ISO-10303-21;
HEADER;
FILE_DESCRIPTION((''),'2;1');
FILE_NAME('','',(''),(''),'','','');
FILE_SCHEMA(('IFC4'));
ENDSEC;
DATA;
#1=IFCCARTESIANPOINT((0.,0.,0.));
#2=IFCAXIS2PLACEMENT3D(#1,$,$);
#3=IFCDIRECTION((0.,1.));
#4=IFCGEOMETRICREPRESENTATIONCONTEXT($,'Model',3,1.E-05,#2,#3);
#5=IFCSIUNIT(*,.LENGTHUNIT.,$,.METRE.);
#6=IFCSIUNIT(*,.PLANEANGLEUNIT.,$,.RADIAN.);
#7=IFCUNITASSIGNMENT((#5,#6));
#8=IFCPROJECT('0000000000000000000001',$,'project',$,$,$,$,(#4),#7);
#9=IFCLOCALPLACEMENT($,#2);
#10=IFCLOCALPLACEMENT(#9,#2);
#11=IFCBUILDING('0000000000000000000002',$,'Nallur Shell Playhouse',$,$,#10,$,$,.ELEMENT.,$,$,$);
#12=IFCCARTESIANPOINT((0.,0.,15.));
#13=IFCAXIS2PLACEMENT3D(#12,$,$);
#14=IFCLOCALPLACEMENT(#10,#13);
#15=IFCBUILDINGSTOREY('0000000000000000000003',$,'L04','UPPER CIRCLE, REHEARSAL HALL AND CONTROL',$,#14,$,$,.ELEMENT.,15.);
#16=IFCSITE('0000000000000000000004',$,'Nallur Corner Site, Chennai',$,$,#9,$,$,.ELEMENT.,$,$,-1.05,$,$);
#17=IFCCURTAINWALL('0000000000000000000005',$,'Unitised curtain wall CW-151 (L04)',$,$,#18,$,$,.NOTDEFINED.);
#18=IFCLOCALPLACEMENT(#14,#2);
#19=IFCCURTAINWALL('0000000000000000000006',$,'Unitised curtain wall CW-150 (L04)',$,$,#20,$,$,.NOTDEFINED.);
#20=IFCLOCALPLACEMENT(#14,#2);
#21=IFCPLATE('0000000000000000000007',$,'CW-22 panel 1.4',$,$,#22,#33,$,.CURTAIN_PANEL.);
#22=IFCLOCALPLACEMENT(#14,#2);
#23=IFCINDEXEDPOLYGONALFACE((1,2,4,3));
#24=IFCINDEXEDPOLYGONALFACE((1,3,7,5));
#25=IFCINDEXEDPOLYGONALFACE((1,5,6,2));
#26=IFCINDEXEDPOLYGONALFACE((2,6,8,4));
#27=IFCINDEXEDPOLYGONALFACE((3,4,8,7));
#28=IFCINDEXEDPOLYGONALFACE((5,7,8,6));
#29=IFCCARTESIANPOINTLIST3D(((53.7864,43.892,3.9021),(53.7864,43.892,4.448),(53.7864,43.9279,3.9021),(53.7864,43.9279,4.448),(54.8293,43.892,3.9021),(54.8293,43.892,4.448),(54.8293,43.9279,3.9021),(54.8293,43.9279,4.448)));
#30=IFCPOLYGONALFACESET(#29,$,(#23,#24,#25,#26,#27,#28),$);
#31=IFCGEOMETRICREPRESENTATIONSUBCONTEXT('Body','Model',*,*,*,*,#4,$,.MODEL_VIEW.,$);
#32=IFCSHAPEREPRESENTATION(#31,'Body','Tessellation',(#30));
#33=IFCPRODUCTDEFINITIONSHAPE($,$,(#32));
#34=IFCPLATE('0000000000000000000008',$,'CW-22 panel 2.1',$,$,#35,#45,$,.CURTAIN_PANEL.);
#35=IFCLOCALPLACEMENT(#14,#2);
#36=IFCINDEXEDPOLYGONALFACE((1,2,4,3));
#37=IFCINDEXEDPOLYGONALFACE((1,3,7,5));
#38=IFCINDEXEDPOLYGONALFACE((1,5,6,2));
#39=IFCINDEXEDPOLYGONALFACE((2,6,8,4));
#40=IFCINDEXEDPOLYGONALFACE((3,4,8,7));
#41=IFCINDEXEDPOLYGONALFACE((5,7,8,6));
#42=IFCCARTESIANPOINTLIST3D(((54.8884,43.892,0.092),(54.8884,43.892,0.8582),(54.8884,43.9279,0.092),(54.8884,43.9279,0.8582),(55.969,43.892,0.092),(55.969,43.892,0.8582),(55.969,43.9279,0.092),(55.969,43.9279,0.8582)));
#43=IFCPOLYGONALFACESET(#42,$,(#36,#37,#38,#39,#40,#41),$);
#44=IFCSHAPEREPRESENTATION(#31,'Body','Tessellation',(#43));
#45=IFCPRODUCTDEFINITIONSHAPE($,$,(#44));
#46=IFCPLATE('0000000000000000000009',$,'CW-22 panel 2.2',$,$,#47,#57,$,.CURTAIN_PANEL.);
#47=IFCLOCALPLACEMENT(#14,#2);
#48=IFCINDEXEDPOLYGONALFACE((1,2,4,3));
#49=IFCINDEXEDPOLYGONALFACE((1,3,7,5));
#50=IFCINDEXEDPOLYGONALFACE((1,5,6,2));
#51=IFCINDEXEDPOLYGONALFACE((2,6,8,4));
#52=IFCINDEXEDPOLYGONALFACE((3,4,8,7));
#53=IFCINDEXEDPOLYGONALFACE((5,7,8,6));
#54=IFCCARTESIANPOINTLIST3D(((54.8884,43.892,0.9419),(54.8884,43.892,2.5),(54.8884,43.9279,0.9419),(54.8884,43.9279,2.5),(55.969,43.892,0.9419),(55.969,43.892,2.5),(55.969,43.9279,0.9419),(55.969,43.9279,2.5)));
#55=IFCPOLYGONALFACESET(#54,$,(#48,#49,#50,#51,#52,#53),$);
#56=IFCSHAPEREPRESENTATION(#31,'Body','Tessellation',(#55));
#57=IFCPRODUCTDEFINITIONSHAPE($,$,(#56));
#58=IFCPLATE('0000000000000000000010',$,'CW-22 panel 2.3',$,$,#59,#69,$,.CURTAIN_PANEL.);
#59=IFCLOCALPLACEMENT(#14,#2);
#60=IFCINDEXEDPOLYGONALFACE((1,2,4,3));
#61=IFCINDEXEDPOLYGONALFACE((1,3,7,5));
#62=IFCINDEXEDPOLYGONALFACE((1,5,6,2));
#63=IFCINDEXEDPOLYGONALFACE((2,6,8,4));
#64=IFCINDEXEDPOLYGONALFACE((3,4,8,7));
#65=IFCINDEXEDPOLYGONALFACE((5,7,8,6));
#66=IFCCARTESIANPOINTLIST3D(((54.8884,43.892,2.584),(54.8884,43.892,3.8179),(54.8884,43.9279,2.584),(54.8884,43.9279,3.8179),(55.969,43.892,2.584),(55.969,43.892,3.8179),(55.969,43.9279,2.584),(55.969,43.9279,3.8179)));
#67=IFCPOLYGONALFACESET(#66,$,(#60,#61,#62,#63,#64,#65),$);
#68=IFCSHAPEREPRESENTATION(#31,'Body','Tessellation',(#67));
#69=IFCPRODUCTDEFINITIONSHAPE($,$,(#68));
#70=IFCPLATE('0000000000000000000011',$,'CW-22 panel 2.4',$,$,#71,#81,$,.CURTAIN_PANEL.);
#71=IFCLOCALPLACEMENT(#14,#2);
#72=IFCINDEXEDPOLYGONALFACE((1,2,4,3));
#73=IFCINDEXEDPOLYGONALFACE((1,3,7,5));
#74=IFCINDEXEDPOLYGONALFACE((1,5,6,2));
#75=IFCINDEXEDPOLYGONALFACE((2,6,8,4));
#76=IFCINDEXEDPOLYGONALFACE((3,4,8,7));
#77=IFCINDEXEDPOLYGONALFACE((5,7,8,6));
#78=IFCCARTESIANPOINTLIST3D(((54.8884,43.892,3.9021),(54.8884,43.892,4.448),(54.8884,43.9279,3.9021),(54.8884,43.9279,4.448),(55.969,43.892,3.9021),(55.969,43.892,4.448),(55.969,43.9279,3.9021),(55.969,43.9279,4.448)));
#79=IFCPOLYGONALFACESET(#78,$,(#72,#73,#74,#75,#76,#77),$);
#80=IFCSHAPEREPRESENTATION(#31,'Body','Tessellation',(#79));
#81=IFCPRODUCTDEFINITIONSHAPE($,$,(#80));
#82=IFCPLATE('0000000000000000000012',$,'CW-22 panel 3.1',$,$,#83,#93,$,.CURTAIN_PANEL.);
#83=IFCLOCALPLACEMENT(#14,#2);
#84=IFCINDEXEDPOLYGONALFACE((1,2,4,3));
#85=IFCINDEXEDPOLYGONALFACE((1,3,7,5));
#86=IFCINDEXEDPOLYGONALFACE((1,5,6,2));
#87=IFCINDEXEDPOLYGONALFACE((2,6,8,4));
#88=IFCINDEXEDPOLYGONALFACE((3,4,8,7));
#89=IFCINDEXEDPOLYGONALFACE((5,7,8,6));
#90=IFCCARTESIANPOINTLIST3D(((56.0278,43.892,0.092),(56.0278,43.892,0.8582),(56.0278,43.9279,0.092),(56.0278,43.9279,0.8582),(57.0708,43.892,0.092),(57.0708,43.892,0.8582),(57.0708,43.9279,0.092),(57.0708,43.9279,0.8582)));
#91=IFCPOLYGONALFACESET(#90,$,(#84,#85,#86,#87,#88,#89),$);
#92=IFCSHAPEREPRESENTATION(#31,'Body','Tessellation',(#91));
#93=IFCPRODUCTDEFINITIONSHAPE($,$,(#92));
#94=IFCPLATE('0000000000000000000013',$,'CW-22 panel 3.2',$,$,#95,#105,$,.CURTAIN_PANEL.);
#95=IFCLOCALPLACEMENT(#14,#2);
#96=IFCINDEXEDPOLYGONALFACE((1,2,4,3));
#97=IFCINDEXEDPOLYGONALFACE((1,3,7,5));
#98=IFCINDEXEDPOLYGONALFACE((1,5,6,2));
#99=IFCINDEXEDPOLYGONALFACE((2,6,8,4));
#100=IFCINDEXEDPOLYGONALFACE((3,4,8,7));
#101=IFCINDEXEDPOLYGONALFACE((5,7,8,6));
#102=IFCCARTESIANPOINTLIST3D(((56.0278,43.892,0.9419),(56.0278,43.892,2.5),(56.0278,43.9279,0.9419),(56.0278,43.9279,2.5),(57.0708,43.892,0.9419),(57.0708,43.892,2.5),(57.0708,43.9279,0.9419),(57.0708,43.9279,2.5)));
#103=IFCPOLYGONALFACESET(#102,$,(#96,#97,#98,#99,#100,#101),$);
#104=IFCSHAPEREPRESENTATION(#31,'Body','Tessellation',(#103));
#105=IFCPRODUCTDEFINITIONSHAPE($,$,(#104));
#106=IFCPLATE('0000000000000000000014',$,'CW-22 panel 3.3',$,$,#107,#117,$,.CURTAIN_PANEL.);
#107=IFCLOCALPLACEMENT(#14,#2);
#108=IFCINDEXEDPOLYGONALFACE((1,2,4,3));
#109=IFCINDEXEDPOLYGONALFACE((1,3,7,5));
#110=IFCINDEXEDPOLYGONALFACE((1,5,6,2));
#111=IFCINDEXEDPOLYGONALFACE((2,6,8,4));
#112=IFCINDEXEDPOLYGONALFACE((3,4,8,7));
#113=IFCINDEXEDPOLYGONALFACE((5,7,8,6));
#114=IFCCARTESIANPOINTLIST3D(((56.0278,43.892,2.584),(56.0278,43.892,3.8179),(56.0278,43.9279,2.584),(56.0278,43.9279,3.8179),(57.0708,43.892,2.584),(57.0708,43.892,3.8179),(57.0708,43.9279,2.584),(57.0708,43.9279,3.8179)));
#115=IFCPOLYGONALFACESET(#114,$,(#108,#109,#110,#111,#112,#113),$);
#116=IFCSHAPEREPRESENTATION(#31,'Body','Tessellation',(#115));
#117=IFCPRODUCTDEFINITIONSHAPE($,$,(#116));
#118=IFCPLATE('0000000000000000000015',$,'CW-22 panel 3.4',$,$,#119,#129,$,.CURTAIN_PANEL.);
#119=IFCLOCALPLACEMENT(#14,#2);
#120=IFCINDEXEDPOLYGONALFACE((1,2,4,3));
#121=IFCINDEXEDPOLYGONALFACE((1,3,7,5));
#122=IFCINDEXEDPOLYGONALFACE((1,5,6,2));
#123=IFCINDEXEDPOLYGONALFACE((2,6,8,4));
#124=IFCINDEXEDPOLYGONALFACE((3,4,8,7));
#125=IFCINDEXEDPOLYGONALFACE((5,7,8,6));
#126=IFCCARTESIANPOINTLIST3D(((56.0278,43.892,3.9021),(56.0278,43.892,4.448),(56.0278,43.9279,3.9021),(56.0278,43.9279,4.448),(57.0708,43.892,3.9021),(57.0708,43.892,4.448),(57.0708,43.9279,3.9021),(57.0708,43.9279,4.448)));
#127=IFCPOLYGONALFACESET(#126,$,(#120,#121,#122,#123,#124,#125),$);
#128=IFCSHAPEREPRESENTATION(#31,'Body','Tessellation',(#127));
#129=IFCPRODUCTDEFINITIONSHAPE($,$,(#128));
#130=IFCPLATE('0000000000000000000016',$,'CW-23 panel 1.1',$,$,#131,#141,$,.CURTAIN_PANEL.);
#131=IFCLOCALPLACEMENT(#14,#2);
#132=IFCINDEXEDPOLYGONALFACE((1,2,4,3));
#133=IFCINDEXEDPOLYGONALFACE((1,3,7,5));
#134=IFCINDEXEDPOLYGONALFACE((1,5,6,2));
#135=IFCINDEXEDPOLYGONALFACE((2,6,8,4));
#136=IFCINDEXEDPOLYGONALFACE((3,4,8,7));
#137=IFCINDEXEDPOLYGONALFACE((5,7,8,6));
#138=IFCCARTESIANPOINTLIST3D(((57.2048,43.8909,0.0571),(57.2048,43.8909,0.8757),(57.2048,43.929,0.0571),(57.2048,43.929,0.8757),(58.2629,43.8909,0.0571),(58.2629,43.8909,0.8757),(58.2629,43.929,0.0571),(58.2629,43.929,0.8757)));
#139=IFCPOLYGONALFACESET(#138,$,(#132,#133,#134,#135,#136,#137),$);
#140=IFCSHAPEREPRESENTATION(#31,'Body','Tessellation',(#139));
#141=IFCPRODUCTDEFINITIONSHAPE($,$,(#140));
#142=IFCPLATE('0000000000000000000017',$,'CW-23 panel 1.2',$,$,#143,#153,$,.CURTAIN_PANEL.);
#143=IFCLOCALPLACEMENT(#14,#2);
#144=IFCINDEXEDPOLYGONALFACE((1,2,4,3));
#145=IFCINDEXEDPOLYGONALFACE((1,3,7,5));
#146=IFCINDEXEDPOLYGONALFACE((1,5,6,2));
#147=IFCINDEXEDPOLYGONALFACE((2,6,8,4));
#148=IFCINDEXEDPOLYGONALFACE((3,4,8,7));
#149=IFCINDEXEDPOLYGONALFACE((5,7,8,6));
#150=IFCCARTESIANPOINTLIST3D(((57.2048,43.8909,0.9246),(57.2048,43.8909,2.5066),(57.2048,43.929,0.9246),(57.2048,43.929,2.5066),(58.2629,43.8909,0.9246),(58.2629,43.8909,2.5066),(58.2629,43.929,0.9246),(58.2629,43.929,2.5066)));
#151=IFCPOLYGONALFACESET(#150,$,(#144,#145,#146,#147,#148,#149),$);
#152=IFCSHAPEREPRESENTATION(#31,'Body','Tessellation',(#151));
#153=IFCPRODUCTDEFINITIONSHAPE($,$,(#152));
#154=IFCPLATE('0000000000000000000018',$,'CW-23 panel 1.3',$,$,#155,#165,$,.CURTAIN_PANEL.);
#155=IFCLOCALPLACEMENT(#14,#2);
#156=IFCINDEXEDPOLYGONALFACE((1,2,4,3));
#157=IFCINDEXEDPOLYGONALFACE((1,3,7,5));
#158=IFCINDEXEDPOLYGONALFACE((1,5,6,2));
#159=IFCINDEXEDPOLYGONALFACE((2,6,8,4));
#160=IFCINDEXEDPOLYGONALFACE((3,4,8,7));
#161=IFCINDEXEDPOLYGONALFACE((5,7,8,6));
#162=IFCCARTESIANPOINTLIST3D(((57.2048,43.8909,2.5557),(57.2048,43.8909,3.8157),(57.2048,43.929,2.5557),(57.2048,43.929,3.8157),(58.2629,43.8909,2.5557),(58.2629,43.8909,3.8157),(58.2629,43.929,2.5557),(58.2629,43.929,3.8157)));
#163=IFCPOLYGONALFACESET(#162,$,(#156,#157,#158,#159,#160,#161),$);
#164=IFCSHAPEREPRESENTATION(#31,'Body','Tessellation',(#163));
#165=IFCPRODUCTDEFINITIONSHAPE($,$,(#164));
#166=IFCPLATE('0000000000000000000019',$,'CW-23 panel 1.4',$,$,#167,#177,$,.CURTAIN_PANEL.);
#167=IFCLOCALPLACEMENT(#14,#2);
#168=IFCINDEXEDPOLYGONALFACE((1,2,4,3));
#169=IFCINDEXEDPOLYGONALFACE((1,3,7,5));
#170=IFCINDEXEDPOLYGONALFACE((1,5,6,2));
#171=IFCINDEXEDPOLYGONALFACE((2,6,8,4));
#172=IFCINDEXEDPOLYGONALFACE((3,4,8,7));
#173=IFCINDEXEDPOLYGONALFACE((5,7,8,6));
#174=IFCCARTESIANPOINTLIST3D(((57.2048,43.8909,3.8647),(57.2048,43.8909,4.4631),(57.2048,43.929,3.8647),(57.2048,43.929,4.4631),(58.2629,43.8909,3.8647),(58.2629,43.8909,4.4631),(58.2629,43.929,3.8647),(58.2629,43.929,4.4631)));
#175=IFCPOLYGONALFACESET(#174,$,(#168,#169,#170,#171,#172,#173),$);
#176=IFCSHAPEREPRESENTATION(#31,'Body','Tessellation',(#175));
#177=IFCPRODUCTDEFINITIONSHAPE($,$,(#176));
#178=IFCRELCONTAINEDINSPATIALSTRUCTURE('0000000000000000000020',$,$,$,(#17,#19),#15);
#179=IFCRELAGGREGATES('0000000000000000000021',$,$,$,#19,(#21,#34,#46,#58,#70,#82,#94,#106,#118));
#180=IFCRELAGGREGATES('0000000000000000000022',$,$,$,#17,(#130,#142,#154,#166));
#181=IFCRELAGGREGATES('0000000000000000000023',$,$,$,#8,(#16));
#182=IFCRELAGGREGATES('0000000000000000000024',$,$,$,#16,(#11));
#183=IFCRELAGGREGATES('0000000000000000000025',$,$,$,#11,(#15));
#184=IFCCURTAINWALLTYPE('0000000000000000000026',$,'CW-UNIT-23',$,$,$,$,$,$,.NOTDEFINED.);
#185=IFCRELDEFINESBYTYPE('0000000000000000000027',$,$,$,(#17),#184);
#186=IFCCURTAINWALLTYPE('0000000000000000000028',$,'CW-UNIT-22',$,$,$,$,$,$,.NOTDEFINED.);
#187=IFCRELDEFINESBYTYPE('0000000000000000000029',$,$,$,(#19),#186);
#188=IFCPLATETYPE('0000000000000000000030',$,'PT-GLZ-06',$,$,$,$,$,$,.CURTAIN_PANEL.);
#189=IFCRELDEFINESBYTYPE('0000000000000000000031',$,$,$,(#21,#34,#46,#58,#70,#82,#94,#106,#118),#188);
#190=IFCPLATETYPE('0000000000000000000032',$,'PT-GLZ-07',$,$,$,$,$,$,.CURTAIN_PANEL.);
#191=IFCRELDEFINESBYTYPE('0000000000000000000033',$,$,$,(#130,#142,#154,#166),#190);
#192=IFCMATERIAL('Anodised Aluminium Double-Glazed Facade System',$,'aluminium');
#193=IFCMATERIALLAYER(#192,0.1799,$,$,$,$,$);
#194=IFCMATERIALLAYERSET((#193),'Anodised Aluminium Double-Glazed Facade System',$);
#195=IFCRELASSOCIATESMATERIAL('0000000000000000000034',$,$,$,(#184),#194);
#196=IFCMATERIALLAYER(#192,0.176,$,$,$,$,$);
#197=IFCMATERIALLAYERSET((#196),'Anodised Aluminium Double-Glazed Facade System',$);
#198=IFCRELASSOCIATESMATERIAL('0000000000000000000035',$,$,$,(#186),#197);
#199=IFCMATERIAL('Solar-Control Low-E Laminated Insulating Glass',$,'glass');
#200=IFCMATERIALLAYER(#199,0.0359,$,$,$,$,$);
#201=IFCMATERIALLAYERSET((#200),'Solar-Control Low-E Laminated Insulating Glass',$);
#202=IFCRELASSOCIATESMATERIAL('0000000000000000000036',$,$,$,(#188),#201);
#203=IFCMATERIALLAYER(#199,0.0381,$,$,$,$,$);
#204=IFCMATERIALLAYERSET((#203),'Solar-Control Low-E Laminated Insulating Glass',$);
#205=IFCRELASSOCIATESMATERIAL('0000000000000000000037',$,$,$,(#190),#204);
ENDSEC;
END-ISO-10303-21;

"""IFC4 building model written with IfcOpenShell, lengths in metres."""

from ifc_helpers import new_model, si_unit, direction, frame, origin, origin_2d, place, context, subcontext, project, spatial, rectangle, extrude, material, layer, layer_set, type_object, element, aggregate, save


model = new_model("IFC4")

# Units and contexts
model_context = context("Model", 3, precision=1e-05, world=origin(), true_north=direction((0.0, 1.0)))
body_context = subcontext(model_context, "Body", "Model", "MODEL_VIEW")
ifc_project = project(units=[si_unit("LENGTHUNIT", "METRE"), si_unit("PLANEANGLEUNIT", "RADIAN")], contexts=[model_context])

# Site, building, storey
site_placement = place(None, origin())
site = spatial("IfcSite", under=ifc_project, at=site_placement, Name="Nallur Corner Site, Chennai", CompositionType="ELEMENT", RefElevation=-1.05)
building_placement = place(site_placement, origin())
building = spatial("IfcBuilding", under=site, at=building_placement, Name="Nallur Shell Playhouse", CompositionType="ELEMENT")
storey_placement = place(building_placement, frame((0.0, 0.0, 15.0)))
storey = spatial("IfcBuildingStorey", under=building, at=storey_placement, Name="L04", Description="UPPER CIRCLE, REHEARSAL HALL AND CONTROL", CompositionType="ELEMENT", Elevation=15.0)

# Curtain wall
ifc_material_1 = material(Name="Anodised Aluminium Double-Glazed Facade System", Category="aluminium")
ifc_layer_1 = layer(ifc_material_1, 0.1799)
ifc_layer_set_1 = layer_set([ifc_layer_1], Name="Anodised Aluminium Double-Glazed Facade System")
curtain_wall_type_1 = type_object("IfcCurtainWallType", Name="CW-UNIT-23", PredefinedType="NOTDEFINED", material=ifc_layer_set_1)
curtain_wall_1_placement = place(storey_placement, origin())
curtain_wall_1 = element("IfcCurtainWall", 1, at=curtain_wall_1_placement, inside=storey, type_object=curtain_wall_type_1, Name="Unitised curtain wall CW-151 (L04)", PredefinedType="NOTDEFINED")

# Curtain wall
ifc_layer_2 = layer(ifc_material_1, 0.176)
ifc_layer_set_2 = layer_set([ifc_layer_2], Name="Anodised Aluminium Double-Glazed Facade System")
curtain_wall_type_2 = type_object("IfcCurtainWallType", Name="CW-UNIT-22", PredefinedType="NOTDEFINED", material=ifc_layer_set_2)
curtain_wall_2_placement = place(storey_placement, origin())
curtain_wall_2 = element("IfcCurtainWall", 2, at=curtain_wall_2_placement, inside=storey, type_object=curtain_wall_type_2, Name="Unitised curtain wall CW-150 (L04)", PredefinedType="NOTDEFINED")

# Plates
ifc_material_2 = material(Name="Solar-Control Low-E Laminated Insulating Glass", Category="glass")
ifc_layer_3 = layer(ifc_material_2, 0.0359)
ifc_layer_set_3 = layer_set([ifc_layer_3], Name="Solar-Control Low-E Laminated Insulating Glass")
plate_type_1 = type_object("IfcPlateType", Name="PT-GLZ-06", PredefinedType="CURTAIN_PANEL", material=ifc_layer_set_3)
plate_1_placement = place(storey_placement, frame((54.3079, 43.9099, 3.9021), z_axis=(0.0, 0.0, 1.0), x_axis=(1.0, 0.0, 0.0)))
plate_1 = element("IfcPlate", 3, at=plate_1_placement, type_object=plate_type_1, Name="CW-22 panel 1.4", PredefinedType="CURTAIN_PANEL", context=body_context, shape_type="SweptSolid", body=[
    extrude(rectangle(XDim=1.043, YDim=0.0359, at=origin_2d()), origin(), (0.0, 0.0, 1.0), 0.5459),
])
plate_2_placement = place(storey_placement, frame((55.4287, 43.9099, 0.092), z_axis=(0.0, 0.0, 1.0), x_axis=(1.0, 0.0, 0.0)))
plate_2 = element("IfcPlate", 4, at=plate_2_placement, type_object=plate_type_1, Name="CW-22 panel 2.1", PredefinedType="CURTAIN_PANEL", context=body_context, shape_type="SweptSolid", body=[
    extrude(rectangle(XDim=1.0806, YDim=0.0359, at=origin_2d()), origin(), (0.0, 0.0, 1.0), 0.7661),
])
plate_3_placement = place(storey_placement, frame((55.4287, 43.9099, 0.9419), z_axis=(0.0, 0.0, 1.0), x_axis=(1.0, 0.0, 0.0)))
plate_3 = element("IfcPlate", 5, at=plate_3_placement, type_object=plate_type_1, Name="CW-22 panel 2.2", PredefinedType="CURTAIN_PANEL", context=body_context, shape_type="SweptSolid", body=[
    extrude(rectangle(XDim=1.0806, YDim=0.0359, at=origin_2d()), origin(), (0.0, 0.0, 1.0), 1.5581),
])
plate_4_placement = place(storey_placement, frame((55.4287, 43.9099, 2.584), z_axis=(0.0, 0.0, 1.0), x_axis=(1.0, 0.0, 0.0)))
plate_4 = element("IfcPlate", 6, at=plate_4_placement, type_object=plate_type_1, Name="CW-22 panel 2.3", PredefinedType="CURTAIN_PANEL", context=body_context, shape_type="SweptSolid", body=[
    extrude(rectangle(XDim=1.0806, YDim=0.0359, at=origin_2d()), origin(), (0.0, 0.0, 1.0), 1.2339),
])
plate_5_placement = place(storey_placement, frame((55.4287, 43.9099, 3.9021), z_axis=(0.0, 0.0, 1.0), x_axis=(1.0, 0.0, 0.0)))
plate_5 = element("IfcPlate", 7, at=plate_5_placement, type_object=plate_type_1, Name="CW-22 panel 2.4", PredefinedType="CURTAIN_PANEL", context=body_context, shape_type="SweptSolid", body=[
    extrude(rectangle(XDim=1.0806, YDim=0.0359, at=origin_2d()), origin(), (0.0, 0.0, 1.0), 0.5459),
])
plate_6_placement = place(storey_placement, frame((56.5493, 43.9099, 0.092), z_axis=(0.0, 0.0, 1.0), x_axis=(1.0, 0.0, 0.0)))
plate_6 = element("IfcPlate", 8, at=plate_6_placement, type_object=plate_type_1, Name="CW-22 panel 3.1", PredefinedType="CURTAIN_PANEL", context=body_context, shape_type="SweptSolid", body=[
    extrude(rectangle(XDim=1.043, YDim=0.0359, at=origin_2d()), origin(), (0.0, 0.0, 1.0), 0.7661),
])
plate_7_placement = place(storey_placement, frame((56.5493, 43.9099, 0.9419), z_axis=(0.0, 0.0, 1.0), x_axis=(1.0, 0.0, 0.0)))
plate_7 = element("IfcPlate", 9, at=plate_7_placement, type_object=plate_type_1, Name="CW-22 panel 3.2", PredefinedType="CURTAIN_PANEL", context=body_context, shape_type="SweptSolid", body=[
    extrude(rectangle(XDim=1.043, YDim=0.0359, at=origin_2d()), origin(), (0.0, 0.0, 1.0), 1.5581),
])
plate_8_placement = place(storey_placement, frame((56.5493, 43.9099, 2.584), z_axis=(0.0, 0.0, 1.0), x_axis=(1.0, 0.0, 0.0)))
plate_8 = element("IfcPlate", 10, at=plate_8_placement, type_object=plate_type_1, Name="CW-22 panel 3.3", PredefinedType="CURTAIN_PANEL", context=body_context, shape_type="SweptSolid", body=[
    extrude(rectangle(XDim=1.043, YDim=0.0359, at=origin_2d()), origin(), (0.0, 0.0, 1.0), 1.2339),
])
plate_9_placement = place(storey_placement, frame((56.5493, 43.9099, 3.9021), z_axis=(0.0, 0.0, 1.0), x_axis=(1.0, 0.0, 0.0)))
plate_9 = element("IfcPlate", 11, at=plate_9_placement, type_object=plate_type_1, Name="CW-22 panel 3.4", PredefinedType="CURTAIN_PANEL", context=body_context, shape_type="SweptSolid", body=[
    extrude(rectangle(XDim=1.043, YDim=0.0359, at=origin_2d()), origin(), (0.0, 0.0, 1.0), 0.5459),
])
aggregate(curtain_wall_2, [plate_1, plate_2, plate_3, plate_4, plate_5, plate_6, plate_7, plate_8, plate_9])
ifc_layer_4 = layer(ifc_material_2, 0.0381)
ifc_layer_set_4 = layer_set([ifc_layer_4], Name="Solar-Control Low-E Laminated Insulating Glass")
plate_type_2 = type_object("IfcPlateType", Name="PT-GLZ-07", PredefinedType="CURTAIN_PANEL", material=ifc_layer_set_4)
plate_10_placement = place(storey_placement, frame((57.7339, 43.9099, 0.0571), z_axis=(0.0, 0.0, 1.0), x_axis=(1.0, 0.0, 0.0)))
plate_10 = element("IfcPlate", 12, at=plate_10_placement, type_object=plate_type_2, Name="CW-23 panel 1.1", PredefinedType="CURTAIN_PANEL", context=body_context, shape_type="SweptSolid", body=[
    extrude(rectangle(XDim=1.0581, YDim=0.0381, at=origin_2d()), origin(), (0.0, 0.0, 1.0), 0.8186),
])
plate_11_placement = place(storey_placement, frame((57.7339, 43.9099, 0.9246), z_axis=(0.0, 0.0, 1.0), x_axis=(1.0, 0.0, 0.0)))
plate_11 = element("IfcPlate", 13, at=plate_11_placement, type_object=plate_type_2, Name="CW-23 panel 1.2", PredefinedType="CURTAIN_PANEL", context=body_context, shape_type="SweptSolid", body=[
    extrude(rectangle(XDim=1.0581, YDim=0.0381, at=origin_2d()), origin(), (0.0, 0.0, 1.0), 1.582),
])
plate_12_placement = place(storey_placement, frame((57.7339, 43.9099, 2.5557), z_axis=(0.0, 0.0, 1.0), x_axis=(1.0, 0.0, 0.0)))
plate_12 = element("IfcPlate", 14, at=plate_12_placement, type_object=plate_type_2, Name="CW-23 panel 1.3", PredefinedType="CURTAIN_PANEL", context=body_context, shape_type="SweptSolid", body=[
    extrude(rectangle(XDim=1.0581, YDim=0.0381, at=origin_2d()), origin(), (0.0, 0.0, 1.0), 1.26),
])
plate_13_placement = place(storey_placement, frame((57.7339, 43.9099, 3.8647), z_axis=(0.0, 0.0, 1.0), x_axis=(1.0, 0.0, 0.0)))
plate_13 = element("IfcPlate", 15, at=plate_13_placement, type_object=plate_type_2, Name="CW-23 panel 1.4", PredefinedType="CURTAIN_PANEL", context=body_context, shape_type="SweptSolid", body=[
    extrude(rectangle(XDim=1.0581, YDim=0.0381, at=origin_2d()), origin(), (0.0, 0.0, 1.0), 0.5984),
])
aggregate(curtain_wall_1, [plate_10, plate_11, plate_12, plate_13])

save(model, "model.ifc")
